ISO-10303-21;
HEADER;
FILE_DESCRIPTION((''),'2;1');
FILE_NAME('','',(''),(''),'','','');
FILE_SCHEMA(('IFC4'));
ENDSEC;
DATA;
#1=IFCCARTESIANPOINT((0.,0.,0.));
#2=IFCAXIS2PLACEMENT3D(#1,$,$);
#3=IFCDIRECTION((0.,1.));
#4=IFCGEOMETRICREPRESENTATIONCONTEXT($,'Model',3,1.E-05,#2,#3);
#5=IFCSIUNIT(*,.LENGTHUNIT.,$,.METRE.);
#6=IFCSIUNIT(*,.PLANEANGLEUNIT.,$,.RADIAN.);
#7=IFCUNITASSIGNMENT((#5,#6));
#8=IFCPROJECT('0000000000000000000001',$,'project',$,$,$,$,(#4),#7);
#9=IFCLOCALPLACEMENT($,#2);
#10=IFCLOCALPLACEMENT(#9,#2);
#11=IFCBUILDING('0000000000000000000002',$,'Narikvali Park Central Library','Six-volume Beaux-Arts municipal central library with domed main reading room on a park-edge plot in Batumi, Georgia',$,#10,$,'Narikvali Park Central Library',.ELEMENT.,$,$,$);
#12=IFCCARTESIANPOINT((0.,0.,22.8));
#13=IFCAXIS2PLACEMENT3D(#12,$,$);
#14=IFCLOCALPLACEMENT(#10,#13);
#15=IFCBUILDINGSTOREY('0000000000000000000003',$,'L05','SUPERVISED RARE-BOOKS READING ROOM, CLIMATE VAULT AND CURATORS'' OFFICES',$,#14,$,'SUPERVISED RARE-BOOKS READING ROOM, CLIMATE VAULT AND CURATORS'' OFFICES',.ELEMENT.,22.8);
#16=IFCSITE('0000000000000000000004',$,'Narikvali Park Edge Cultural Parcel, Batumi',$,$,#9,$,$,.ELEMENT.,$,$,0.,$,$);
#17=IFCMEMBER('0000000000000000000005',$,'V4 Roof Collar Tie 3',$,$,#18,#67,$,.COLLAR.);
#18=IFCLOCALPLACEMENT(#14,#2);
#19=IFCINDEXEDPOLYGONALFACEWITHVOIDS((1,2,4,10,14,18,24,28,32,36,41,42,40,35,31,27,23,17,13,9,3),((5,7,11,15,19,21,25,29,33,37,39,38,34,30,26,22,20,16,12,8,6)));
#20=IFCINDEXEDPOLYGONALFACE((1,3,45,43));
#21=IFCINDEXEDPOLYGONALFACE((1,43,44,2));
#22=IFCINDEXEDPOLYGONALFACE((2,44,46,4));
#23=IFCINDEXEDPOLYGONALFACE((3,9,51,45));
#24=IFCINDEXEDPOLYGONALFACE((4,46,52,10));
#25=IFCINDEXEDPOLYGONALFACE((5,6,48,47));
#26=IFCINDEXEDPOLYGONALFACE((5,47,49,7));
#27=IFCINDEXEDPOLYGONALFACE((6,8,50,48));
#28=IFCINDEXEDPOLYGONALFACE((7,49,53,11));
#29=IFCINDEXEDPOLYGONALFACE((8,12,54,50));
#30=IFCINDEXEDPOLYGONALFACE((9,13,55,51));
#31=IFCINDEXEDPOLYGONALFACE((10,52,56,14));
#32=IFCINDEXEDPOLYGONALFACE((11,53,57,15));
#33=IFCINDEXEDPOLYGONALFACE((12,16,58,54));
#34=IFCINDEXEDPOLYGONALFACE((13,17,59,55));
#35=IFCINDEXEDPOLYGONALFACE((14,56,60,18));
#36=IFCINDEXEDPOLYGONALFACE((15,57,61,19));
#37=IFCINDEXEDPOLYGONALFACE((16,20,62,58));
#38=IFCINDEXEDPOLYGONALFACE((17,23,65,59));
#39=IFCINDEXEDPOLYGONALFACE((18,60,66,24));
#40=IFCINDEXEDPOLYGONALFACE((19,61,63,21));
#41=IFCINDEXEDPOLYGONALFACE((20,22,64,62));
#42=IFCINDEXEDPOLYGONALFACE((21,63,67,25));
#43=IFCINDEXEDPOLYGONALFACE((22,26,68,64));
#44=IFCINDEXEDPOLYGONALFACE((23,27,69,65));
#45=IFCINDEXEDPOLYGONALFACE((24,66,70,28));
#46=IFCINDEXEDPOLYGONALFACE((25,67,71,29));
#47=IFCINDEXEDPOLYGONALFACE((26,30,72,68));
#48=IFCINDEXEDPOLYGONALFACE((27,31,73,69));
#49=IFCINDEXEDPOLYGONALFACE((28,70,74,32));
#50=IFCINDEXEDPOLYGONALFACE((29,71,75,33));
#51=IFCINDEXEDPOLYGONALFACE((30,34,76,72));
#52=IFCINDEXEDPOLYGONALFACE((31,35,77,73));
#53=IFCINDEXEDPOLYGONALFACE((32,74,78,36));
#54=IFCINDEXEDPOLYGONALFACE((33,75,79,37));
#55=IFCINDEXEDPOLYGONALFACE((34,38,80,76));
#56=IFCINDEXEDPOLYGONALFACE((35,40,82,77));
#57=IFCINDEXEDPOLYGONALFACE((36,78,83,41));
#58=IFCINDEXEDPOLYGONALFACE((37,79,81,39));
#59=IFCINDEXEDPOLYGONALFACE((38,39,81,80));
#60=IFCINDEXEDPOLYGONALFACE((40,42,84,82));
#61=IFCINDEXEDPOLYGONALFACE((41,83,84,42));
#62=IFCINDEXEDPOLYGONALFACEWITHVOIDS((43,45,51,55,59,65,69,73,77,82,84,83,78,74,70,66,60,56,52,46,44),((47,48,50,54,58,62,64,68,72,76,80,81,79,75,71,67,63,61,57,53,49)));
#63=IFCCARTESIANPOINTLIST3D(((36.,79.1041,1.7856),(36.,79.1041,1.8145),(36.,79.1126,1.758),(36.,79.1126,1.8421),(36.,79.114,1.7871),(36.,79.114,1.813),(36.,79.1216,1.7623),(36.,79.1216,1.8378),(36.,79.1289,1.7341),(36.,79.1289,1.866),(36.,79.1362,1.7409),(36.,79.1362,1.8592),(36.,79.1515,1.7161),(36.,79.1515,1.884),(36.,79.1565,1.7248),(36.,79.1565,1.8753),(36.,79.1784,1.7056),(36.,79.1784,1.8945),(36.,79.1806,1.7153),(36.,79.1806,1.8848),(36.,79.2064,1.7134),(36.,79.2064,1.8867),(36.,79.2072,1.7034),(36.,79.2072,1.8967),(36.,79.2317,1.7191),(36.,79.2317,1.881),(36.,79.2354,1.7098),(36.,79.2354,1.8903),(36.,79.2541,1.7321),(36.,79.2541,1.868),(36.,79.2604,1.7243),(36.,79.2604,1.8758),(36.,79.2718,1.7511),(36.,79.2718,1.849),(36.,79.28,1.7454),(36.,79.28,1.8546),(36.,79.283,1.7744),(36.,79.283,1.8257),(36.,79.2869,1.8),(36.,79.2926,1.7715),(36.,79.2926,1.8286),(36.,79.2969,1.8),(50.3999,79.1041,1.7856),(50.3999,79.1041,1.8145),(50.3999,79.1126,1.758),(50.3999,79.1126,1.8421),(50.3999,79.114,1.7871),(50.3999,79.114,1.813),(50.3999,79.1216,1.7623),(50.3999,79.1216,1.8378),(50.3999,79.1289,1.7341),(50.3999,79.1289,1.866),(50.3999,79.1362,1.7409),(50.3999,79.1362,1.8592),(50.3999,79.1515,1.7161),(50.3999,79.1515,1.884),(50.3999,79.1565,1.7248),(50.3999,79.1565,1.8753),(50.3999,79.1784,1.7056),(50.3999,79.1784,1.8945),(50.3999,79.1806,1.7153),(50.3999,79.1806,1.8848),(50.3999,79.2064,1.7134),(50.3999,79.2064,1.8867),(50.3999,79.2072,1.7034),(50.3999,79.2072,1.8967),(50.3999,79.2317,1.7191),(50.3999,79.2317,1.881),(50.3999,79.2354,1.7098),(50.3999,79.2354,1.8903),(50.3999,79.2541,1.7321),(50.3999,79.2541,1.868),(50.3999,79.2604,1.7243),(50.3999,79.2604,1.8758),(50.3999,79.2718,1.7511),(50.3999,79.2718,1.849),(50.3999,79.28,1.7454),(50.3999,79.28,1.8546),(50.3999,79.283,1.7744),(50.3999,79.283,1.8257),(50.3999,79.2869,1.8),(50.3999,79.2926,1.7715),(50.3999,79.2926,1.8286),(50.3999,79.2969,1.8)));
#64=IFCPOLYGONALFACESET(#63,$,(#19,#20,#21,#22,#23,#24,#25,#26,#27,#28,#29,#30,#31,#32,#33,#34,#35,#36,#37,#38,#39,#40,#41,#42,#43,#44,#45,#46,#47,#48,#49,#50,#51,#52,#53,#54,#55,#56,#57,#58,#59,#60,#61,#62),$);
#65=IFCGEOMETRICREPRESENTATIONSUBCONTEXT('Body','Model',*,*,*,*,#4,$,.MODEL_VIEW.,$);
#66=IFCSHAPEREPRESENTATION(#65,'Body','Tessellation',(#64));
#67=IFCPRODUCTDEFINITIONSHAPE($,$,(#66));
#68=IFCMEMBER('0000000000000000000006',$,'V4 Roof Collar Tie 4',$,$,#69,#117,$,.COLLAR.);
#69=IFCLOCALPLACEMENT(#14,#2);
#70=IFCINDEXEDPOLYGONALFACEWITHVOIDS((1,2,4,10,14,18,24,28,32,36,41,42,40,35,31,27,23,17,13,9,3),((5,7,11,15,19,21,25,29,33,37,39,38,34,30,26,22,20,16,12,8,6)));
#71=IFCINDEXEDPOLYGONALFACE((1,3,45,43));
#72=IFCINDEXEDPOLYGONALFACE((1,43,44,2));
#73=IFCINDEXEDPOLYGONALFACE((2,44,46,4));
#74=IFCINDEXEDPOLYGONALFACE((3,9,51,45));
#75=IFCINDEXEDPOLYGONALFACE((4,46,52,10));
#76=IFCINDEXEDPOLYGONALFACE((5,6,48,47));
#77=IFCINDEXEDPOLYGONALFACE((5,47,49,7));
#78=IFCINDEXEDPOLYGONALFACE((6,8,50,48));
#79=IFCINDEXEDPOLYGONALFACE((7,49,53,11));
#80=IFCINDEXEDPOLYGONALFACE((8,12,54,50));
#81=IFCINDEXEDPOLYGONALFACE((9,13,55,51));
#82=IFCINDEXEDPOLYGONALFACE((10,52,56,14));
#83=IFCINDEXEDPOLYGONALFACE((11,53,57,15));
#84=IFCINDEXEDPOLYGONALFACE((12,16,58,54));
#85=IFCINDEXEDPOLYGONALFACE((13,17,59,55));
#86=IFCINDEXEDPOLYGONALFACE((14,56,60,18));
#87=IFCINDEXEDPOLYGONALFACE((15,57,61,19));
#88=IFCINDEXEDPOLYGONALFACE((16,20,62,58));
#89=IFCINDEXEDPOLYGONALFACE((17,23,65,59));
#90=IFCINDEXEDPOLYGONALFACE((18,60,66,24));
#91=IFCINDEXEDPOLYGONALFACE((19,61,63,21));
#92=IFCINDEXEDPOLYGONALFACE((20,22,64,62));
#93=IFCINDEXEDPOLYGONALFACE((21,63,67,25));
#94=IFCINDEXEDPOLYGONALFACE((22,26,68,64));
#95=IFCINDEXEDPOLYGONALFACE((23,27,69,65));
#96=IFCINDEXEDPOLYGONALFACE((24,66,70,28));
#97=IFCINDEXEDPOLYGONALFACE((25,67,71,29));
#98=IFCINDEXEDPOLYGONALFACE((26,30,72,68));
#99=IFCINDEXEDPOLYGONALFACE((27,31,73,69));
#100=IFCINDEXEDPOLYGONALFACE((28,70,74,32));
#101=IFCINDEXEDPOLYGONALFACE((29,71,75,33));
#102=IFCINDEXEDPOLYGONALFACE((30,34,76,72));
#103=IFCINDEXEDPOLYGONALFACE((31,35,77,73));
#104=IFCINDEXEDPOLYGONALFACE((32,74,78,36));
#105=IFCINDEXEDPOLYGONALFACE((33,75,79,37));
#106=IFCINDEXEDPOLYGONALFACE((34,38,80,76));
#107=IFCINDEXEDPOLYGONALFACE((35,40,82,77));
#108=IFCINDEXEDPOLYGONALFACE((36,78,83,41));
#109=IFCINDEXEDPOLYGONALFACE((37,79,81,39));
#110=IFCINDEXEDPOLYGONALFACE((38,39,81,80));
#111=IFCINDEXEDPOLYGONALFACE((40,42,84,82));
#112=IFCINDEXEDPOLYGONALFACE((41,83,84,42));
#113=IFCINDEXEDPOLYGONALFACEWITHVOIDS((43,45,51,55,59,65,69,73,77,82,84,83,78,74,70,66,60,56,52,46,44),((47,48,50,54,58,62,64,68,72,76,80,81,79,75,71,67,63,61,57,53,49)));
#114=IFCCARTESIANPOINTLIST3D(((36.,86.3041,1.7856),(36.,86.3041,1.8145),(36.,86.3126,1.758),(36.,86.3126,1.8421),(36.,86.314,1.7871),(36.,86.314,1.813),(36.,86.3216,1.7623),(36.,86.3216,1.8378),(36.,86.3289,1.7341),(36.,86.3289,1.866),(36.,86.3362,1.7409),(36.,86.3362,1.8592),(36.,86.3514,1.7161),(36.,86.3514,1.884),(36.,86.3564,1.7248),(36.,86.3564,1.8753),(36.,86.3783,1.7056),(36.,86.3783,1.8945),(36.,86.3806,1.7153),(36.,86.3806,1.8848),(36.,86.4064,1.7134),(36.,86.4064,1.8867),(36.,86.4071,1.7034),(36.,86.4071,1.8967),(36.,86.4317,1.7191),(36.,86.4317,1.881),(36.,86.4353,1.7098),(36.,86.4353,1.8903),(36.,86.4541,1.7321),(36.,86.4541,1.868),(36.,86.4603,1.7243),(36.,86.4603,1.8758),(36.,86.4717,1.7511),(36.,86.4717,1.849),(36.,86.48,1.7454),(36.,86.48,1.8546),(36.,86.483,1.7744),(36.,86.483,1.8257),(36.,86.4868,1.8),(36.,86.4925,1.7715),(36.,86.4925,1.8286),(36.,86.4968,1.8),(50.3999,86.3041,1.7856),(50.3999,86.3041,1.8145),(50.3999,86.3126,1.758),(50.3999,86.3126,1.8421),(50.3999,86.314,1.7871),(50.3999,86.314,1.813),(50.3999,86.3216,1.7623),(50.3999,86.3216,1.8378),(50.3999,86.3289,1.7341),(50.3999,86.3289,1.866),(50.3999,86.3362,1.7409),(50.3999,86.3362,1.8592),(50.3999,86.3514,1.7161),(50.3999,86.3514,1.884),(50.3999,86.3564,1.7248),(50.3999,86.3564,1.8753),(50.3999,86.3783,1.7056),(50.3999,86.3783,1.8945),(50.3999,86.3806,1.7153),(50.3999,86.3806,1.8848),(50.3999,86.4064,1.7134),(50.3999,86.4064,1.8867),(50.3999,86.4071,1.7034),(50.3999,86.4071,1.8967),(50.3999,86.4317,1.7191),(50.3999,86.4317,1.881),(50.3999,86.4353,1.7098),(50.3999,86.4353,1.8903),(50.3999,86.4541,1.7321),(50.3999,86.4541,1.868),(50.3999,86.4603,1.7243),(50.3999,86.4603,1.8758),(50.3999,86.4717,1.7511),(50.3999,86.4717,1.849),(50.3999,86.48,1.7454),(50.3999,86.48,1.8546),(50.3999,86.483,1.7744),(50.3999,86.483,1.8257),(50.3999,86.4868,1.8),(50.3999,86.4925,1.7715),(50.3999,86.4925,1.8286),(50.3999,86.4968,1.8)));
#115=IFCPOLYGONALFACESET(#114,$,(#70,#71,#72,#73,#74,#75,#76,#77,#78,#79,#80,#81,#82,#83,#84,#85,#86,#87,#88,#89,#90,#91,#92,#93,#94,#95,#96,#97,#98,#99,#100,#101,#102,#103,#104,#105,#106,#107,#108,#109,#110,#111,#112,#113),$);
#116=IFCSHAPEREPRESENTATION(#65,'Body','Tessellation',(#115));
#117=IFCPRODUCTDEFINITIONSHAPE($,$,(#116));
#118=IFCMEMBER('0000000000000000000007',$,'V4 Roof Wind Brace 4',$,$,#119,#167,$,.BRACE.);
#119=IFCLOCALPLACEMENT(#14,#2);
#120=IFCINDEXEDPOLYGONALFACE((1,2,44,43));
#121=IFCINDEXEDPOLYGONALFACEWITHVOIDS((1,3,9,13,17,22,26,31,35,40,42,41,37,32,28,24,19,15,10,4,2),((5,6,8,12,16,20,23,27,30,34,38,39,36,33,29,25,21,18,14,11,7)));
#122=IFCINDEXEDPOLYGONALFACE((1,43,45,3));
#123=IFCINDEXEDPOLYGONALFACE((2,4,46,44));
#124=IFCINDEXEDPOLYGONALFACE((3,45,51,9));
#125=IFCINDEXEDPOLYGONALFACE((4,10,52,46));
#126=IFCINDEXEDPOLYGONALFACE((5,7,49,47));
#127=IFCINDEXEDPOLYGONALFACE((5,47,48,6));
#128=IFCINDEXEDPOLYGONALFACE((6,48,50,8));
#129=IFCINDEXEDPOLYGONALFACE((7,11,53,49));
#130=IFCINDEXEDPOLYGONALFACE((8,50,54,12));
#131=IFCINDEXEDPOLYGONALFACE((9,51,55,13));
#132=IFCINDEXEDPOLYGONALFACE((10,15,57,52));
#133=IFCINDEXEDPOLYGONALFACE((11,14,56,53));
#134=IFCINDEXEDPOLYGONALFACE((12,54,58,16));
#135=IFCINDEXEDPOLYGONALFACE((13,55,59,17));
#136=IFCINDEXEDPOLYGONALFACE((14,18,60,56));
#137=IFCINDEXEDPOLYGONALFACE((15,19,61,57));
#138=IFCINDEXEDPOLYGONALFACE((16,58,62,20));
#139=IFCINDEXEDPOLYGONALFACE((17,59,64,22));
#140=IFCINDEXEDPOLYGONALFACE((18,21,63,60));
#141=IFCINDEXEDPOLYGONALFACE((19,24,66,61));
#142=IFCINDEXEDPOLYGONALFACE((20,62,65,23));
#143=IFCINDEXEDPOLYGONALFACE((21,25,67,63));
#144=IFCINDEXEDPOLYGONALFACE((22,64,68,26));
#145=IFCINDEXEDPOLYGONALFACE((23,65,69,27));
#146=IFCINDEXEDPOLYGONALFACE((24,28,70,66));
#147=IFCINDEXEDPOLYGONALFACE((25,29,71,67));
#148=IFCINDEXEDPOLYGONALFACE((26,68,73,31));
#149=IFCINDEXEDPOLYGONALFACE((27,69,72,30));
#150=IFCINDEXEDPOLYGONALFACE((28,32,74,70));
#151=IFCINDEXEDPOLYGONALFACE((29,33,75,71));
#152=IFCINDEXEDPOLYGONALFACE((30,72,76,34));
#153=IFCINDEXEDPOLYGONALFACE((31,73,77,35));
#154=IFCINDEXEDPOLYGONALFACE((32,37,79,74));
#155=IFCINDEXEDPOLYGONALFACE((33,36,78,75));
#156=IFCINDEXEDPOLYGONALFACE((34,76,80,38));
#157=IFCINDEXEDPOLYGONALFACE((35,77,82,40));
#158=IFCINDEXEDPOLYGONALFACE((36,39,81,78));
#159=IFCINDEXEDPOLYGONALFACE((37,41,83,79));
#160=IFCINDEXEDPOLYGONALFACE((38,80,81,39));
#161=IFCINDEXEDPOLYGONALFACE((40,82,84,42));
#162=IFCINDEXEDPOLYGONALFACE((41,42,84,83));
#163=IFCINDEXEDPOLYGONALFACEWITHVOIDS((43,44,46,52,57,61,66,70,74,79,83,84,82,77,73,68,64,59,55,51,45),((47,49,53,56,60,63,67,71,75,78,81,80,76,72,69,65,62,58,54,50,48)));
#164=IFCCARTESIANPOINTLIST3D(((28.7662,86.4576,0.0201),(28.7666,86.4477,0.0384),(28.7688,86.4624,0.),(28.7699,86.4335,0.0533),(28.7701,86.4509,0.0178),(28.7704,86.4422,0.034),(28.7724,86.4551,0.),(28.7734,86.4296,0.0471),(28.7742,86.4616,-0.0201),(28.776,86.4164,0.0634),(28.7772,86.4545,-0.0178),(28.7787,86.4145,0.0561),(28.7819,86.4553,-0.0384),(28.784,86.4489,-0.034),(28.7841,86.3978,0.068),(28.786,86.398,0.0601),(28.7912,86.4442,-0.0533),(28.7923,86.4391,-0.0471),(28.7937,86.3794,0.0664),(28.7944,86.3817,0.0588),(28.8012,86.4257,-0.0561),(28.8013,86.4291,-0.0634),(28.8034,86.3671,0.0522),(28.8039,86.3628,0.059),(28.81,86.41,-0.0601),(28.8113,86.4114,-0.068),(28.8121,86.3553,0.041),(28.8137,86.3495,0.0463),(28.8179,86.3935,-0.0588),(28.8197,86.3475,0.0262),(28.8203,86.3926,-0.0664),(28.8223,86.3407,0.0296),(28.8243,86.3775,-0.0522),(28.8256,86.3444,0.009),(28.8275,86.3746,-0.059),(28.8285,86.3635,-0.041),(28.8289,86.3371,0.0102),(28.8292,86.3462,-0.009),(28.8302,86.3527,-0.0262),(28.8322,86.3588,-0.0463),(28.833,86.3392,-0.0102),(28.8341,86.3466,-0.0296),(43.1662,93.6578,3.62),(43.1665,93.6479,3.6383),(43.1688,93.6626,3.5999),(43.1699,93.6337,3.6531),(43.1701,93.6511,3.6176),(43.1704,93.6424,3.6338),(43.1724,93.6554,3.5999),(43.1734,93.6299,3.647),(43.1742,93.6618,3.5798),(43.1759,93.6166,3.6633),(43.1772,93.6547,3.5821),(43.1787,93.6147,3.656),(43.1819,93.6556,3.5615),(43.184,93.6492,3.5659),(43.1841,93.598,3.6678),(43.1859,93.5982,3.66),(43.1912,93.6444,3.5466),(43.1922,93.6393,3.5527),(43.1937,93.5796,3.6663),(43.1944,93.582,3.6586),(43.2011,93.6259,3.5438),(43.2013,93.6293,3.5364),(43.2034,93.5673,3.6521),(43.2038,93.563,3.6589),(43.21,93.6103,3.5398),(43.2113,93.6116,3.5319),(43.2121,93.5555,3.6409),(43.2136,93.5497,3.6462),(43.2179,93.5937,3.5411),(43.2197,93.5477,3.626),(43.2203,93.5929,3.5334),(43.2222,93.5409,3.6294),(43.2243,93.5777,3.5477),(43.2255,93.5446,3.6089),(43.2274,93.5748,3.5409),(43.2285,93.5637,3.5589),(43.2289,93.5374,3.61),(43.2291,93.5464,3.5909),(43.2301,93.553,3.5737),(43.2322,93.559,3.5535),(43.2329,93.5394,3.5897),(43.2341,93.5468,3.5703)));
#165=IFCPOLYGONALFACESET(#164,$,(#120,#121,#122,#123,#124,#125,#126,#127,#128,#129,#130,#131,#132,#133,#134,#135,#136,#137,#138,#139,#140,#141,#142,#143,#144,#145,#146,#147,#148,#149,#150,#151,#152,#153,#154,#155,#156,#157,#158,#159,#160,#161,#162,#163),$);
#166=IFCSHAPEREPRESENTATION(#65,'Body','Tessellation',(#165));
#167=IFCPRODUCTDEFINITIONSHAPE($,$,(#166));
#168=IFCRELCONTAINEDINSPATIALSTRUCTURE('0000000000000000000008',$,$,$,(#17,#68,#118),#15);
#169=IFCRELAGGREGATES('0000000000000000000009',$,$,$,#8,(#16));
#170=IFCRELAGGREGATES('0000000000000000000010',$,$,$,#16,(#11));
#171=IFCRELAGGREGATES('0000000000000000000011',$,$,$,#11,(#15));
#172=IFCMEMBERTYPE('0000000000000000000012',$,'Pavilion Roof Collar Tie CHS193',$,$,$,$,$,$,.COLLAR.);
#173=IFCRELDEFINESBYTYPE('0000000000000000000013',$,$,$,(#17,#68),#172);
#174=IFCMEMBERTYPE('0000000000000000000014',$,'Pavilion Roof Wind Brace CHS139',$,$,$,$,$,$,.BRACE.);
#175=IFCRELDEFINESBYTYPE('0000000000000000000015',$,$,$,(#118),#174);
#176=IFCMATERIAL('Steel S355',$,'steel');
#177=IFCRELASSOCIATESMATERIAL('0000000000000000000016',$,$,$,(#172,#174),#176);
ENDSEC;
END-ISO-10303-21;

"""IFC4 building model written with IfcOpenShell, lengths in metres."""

from ifc_helpers import new_model, si_unit, direction, frame, origin, origin_2d, place, context, subcontext, project, spatial, hollow_circle, extrude, material, material_profile, profile_set, type_object, element, save


model = new_model("IFC4")

# Units and contexts
model_context = context("Model", 3, precision=1e-05, world=origin(), true_north=direction((0.0, 1.0)))
body_context = subcontext(model_context, "Body", "Model", "MODEL_VIEW")
ifc_project = project(units=[si_unit("LENGTHUNIT", "METRE"), si_unit("PLANEANGLEUNIT", "RADIAN")], contexts=[model_context])

# Site, building, storey
site_placement = place(None, origin())
site = spatial("IfcSite", under=ifc_project, at=site_placement, Name="Narikvali Park Edge Cultural Parcel, Batumi", CompositionType="ELEMENT", RefElevation=0.0)
building_placement = place(site_placement, origin())
building = spatial("IfcBuilding", under=site, at=building_placement, Name="Narikvali Park Central Library", Description="Six-volume Beaux-Arts municipal central library with domed main reading room on a park-edge plot in Batumi, Georgia", LongName="Narikvali Park Central Library", CompositionType="ELEMENT")
storey_placement = place(building_placement, frame((0.0, 0.0, 22.8)))
storey = spatial("IfcBuildingStorey", under=building, at=storey_placement, Name="L05", Description="SUPERVISED RARE-BOOKS READING ROOM, CLIMATE VAULT AND CURATORS' OFFICES", LongName="SUPERVISED RARE-BOOKS READING ROOM, CLIMATE VAULT AND CURATORS' OFFICES", CompositionType="ELEMENT", Elevation=22.8)

# Shared definitions
ifc_material = material(Name="Steel S355", Category="steel")

# Members
ifc_material_profile_1 = material_profile(ifc_material, hollow_circle(Radius=0.0969, WallThickness=0.01, at=origin_2d()), Name="CHS 193.7x10")
ifc_profile_set_1 = profile_set([ifc_material_profile_1], Name="Steel S355")
member_type_1 = type_object("IfcMemberType", Name="Pavilion Roof Collar Tie CHS193", PredefinedType="COLLAR", material=ifc_profile_set_1)
for number, where, z_axis, x_axis, name in (
    (1, (36.0, 79.2, 1.8), (1.0, 0.0, 0.0), (0.0, 1.0, 0.0), "V4 Roof Collar Tie 3"),
    (2, (36.0, 86.3999, 1.8), (1.0, 0.0, 0.0), (0.0, 1.0, 0.0), "V4 Roof Collar Tie 4"),
):
    element("IfcMember", number, at=place(storey_placement, frame(where, z_axis=z_axis, x_axis=x_axis)), inside=storey, type_object=member_type_1, Name=name, PredefinedType="COLLAR", context=body_context, shape_type="SweptSolid", body=[
        extrude(hollow_circle(Radius=0.0969, WallThickness=0.01, at=origin_2d()), origin(), (0.0, 0.0, 1.0), 14.3999),
    ])
ifc_material_profile_2 = material_profile(ifc_material, hollow_circle(Radius=0.0698, WallThickness=0.0081, at=origin_2d()), Name="CHS 139.7x8")
ifc_profile_set_2 = profile_set([ifc_material_profile_2], Name="Steel S355")
member_type_2 = type_object("IfcMemberType", Name="Pavilion Roof Wind Brace CHS139", PredefinedType="BRACE", material=ifc_profile_set_2)
member_1_placement = place(storey_placement, frame((28.8, 86.3999, 0.0), z_axis=(0.872867, 0.436448, 0.218209), x_axis=(-0.447226, 0.894421, 0.0)))
element("IfcMember", 3, at=member_1_placement, inside=storey, type_object=member_type_2, Name="V4 Roof Wind Brace 4", PredefinedType="BRACE", context=body_context, shape_type="SweptSolid", body=[
    extrude(hollow_circle(Radius=0.0698, WallThickness=0.0081, at=origin_2d()), origin(), (0.0, 0.0, 1.0), 16.4973),
])

save(model, "model.ifc")
